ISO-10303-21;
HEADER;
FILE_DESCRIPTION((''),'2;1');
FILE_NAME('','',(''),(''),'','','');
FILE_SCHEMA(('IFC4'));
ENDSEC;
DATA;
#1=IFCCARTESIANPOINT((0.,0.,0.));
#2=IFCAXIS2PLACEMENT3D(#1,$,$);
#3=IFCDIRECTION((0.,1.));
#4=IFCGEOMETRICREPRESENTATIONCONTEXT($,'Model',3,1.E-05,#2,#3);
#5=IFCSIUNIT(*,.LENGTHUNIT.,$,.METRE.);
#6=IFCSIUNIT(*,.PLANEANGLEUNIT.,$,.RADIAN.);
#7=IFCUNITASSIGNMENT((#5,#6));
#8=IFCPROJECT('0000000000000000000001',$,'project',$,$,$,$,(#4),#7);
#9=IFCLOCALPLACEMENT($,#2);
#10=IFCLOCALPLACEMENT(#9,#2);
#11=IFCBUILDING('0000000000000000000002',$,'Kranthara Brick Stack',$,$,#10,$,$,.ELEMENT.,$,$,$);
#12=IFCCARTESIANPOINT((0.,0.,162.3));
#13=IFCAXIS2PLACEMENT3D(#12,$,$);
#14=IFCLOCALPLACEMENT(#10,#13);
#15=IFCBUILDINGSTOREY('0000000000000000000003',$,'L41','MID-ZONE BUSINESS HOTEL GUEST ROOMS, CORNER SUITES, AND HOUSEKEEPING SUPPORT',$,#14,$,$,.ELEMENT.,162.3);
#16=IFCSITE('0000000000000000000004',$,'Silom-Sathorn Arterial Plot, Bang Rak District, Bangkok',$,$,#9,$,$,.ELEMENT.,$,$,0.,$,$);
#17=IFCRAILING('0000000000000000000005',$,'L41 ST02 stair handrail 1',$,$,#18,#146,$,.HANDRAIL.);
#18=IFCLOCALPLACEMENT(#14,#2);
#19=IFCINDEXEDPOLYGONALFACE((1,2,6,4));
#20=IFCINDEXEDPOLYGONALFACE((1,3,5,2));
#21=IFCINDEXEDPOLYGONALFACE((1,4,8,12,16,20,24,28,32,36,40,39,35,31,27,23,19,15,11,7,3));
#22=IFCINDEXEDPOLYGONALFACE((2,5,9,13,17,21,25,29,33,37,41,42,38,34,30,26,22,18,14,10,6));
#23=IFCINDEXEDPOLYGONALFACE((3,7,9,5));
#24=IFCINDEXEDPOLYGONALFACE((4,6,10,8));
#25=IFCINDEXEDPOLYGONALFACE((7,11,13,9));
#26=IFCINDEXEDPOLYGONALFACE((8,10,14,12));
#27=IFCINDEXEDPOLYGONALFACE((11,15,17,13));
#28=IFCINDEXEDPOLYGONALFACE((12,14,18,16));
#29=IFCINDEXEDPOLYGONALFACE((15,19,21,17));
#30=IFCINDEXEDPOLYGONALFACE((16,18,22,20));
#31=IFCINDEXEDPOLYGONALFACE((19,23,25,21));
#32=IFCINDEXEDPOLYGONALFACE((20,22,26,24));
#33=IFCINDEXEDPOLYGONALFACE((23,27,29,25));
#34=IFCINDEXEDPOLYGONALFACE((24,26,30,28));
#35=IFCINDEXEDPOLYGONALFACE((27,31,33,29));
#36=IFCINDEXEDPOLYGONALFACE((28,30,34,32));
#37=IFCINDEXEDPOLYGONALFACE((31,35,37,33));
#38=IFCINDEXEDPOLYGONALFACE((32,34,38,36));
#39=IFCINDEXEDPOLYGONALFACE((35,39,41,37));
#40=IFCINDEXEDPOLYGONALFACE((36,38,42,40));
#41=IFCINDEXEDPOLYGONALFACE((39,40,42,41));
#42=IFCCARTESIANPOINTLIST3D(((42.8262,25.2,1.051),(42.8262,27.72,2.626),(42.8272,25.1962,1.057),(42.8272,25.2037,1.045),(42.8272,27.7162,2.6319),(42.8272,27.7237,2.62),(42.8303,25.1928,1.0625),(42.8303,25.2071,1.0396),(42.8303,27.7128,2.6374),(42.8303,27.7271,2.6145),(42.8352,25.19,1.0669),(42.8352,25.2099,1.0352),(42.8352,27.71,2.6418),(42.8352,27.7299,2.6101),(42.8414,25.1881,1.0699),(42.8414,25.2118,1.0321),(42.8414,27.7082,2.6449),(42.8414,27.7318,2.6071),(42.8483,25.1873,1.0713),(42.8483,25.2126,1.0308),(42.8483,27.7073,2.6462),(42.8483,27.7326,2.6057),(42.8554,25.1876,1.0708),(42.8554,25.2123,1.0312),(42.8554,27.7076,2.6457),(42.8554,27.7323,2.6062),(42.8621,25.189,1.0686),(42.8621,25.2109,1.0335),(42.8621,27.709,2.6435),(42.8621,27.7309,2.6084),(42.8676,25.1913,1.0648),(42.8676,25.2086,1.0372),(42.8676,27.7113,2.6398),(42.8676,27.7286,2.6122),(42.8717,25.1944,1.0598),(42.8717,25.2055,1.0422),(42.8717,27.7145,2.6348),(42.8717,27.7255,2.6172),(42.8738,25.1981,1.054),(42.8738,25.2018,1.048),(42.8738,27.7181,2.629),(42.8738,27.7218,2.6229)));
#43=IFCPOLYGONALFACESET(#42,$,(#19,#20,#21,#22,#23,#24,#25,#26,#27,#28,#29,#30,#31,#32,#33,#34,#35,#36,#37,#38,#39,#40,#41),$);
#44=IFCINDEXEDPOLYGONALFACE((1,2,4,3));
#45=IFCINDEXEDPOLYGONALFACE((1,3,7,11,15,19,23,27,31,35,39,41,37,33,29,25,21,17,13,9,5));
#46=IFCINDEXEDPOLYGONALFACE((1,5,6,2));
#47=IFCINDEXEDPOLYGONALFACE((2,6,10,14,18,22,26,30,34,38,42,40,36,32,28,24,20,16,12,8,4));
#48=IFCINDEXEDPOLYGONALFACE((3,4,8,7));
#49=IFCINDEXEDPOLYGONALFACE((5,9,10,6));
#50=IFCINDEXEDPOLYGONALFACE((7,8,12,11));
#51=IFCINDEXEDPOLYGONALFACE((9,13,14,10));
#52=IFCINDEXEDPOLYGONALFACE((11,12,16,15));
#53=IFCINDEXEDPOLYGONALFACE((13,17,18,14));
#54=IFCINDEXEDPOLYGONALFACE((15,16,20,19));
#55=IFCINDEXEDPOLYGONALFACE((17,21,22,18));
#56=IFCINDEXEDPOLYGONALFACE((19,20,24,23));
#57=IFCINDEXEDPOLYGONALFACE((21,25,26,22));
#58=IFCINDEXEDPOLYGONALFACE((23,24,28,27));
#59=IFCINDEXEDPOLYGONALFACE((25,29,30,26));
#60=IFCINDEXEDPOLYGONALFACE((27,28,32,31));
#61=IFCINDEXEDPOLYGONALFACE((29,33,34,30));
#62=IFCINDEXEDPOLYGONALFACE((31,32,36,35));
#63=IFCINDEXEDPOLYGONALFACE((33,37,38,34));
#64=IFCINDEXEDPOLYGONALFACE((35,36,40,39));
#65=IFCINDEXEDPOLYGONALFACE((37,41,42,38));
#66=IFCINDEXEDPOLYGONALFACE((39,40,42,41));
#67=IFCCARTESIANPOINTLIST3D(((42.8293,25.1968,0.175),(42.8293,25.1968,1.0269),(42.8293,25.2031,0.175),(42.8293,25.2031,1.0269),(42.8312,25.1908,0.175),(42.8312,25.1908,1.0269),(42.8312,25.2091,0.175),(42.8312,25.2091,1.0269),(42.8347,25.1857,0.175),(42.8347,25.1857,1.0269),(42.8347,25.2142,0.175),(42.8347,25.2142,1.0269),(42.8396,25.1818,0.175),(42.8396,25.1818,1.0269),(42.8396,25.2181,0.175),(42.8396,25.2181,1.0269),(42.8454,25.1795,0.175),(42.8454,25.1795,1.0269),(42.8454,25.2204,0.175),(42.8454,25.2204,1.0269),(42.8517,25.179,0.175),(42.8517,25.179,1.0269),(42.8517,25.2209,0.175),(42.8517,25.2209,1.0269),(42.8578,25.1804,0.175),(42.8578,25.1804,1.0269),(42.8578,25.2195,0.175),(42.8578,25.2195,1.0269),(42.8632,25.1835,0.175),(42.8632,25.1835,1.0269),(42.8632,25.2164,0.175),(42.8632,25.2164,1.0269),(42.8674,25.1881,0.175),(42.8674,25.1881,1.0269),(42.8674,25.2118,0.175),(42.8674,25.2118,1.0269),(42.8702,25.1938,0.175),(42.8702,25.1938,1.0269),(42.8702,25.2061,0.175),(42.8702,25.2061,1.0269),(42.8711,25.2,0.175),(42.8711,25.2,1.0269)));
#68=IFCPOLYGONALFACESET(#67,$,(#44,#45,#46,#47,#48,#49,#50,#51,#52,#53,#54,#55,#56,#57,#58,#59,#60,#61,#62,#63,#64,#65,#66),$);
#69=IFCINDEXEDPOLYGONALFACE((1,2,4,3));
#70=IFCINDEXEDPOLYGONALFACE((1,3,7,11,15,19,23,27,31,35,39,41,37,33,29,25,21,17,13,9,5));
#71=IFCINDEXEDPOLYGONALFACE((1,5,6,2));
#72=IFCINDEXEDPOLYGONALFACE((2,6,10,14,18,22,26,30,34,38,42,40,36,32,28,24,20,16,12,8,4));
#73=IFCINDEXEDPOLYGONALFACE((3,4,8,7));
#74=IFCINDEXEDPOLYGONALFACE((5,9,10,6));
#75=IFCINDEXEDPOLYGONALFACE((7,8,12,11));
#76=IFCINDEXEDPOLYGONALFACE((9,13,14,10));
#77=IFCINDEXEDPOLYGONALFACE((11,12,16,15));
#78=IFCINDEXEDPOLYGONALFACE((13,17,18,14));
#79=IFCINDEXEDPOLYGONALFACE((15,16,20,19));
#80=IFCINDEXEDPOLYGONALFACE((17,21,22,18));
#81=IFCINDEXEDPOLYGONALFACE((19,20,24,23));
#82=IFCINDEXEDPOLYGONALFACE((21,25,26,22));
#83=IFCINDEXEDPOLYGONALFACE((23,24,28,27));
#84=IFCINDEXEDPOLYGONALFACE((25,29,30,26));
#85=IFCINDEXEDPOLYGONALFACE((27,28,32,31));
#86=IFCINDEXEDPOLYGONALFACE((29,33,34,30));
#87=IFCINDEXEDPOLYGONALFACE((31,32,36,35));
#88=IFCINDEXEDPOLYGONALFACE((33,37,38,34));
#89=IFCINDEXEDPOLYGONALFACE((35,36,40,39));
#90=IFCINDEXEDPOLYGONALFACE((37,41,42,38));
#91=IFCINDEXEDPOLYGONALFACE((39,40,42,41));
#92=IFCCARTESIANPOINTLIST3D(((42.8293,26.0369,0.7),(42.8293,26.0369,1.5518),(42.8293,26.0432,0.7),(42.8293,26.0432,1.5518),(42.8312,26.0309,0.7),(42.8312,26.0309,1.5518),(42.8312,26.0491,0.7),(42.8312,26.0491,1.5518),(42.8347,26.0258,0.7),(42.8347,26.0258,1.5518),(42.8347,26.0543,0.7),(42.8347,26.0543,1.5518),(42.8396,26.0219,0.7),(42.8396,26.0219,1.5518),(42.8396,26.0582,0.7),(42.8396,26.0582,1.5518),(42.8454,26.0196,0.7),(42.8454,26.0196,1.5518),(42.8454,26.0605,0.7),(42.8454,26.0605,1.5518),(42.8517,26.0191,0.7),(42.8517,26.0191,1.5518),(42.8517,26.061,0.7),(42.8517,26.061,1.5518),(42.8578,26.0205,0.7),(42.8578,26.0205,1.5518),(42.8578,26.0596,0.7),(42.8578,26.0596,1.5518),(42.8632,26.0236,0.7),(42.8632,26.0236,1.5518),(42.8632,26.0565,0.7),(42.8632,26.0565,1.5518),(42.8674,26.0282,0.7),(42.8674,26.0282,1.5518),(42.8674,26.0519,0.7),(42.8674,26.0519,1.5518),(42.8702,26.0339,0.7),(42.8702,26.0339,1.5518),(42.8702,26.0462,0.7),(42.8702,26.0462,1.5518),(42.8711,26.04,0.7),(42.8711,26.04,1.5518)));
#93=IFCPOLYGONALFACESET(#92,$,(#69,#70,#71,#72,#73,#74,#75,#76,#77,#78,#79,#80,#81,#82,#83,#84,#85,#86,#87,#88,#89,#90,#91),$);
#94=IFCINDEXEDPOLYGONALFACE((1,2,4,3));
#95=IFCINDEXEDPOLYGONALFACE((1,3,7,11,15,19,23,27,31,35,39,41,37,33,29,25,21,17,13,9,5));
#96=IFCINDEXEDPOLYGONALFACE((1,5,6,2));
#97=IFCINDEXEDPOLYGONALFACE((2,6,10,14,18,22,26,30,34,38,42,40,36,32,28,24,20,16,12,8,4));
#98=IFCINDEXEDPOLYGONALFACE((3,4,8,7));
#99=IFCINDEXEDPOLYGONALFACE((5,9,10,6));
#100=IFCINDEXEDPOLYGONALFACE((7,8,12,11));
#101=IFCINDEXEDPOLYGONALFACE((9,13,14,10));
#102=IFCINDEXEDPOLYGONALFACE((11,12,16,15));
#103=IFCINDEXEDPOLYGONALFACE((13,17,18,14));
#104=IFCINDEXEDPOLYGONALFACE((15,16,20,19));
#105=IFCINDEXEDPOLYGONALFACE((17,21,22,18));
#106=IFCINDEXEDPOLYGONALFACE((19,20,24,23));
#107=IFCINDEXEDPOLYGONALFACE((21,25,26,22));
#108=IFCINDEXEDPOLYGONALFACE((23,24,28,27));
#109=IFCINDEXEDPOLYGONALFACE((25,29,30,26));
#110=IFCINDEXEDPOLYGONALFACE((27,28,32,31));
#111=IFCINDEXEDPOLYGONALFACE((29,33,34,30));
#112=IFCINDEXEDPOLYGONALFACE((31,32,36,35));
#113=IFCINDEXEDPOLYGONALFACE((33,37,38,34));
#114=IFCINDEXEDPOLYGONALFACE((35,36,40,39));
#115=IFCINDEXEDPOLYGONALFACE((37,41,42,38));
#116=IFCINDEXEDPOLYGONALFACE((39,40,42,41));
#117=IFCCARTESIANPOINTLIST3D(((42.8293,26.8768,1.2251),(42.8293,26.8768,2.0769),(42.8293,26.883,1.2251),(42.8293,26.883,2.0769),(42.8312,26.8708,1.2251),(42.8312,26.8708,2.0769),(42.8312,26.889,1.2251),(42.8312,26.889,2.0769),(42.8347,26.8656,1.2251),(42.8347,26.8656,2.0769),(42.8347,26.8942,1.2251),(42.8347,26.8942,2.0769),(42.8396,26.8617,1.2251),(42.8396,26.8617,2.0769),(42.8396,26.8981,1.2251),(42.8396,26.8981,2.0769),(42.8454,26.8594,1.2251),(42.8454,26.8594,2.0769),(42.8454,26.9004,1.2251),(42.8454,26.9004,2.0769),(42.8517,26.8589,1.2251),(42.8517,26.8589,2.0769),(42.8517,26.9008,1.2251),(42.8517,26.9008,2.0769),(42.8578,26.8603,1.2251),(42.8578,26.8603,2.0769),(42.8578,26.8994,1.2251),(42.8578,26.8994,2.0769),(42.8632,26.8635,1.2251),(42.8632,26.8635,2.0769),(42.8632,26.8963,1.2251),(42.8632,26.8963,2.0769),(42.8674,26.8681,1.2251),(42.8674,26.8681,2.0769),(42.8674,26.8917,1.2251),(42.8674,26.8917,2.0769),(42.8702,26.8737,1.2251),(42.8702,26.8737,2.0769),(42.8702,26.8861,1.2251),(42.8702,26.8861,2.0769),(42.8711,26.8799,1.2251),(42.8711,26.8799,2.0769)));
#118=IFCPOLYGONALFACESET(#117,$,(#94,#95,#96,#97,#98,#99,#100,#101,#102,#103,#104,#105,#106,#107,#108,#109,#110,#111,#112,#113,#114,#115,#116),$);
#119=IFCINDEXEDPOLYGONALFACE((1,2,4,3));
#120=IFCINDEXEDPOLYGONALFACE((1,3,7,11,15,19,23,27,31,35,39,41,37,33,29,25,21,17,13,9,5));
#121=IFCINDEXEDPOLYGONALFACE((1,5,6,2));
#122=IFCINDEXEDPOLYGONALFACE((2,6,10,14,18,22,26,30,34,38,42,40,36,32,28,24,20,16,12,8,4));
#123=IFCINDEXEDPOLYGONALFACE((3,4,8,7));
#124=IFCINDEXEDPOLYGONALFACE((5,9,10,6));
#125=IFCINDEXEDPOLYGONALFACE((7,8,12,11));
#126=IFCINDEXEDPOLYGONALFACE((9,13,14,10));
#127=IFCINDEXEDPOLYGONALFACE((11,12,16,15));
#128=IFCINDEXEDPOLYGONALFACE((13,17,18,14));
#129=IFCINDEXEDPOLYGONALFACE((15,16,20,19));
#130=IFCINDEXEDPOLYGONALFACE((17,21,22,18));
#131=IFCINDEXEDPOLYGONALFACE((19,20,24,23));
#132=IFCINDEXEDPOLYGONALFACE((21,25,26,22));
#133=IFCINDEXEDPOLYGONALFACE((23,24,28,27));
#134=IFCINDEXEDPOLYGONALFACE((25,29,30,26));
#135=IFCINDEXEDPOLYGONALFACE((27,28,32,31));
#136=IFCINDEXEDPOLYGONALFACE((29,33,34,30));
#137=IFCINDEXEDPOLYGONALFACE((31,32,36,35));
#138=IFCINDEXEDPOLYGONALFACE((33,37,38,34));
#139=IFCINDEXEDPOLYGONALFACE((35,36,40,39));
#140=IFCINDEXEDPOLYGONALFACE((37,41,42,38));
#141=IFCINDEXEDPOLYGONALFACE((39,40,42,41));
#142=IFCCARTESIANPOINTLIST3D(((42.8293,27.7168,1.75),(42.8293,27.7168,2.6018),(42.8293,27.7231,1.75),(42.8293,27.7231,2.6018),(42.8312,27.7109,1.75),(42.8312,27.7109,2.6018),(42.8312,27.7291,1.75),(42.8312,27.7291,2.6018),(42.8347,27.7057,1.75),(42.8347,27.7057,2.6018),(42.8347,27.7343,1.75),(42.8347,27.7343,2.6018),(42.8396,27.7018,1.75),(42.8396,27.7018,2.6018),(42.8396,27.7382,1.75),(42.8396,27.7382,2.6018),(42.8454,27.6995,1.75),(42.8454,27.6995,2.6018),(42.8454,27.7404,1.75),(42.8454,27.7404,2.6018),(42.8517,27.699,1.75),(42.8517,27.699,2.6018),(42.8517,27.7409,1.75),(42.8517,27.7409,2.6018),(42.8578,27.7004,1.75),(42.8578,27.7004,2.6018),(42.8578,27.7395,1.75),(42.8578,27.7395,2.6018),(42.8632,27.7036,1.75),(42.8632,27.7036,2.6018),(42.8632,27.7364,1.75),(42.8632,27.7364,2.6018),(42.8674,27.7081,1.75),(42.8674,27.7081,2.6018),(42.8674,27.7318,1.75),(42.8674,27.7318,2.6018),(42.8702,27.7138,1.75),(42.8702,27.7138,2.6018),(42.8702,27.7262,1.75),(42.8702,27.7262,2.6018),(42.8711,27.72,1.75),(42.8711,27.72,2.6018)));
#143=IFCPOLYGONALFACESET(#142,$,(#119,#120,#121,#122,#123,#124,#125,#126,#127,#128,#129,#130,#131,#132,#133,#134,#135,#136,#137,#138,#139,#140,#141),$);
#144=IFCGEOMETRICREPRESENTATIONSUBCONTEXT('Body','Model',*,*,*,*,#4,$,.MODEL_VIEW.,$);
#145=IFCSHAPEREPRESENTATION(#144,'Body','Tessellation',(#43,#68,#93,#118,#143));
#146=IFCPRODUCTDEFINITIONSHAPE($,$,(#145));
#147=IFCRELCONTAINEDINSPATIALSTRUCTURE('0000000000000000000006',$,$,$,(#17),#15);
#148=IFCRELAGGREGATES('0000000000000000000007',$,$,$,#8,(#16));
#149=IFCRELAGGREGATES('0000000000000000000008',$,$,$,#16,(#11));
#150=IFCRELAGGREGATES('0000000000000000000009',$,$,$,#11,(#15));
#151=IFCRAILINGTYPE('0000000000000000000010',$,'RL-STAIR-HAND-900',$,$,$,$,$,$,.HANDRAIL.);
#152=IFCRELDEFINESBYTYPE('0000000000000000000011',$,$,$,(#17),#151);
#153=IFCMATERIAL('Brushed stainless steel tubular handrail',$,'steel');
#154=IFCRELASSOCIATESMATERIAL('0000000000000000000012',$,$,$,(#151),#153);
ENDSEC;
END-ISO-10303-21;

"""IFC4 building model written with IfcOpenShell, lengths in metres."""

from ifc_helpers import new_model, si_unit, direction, frame, origin, origin_2d, place, context, subcontext, project, spatial, circle, extrude, material, type_object, element, save


model = new_model("IFC4")

# Units and contexts
model_context = context("Model", 3, precision=1e-05, world=origin(), true_north=direction((0.0, 1.0)))
body_context = subcontext(model_context, "Body", "Model", "MODEL_VIEW")
ifc_project = project(units=[si_unit("LENGTHUNIT", "METRE"), si_unit("PLANEANGLEUNIT", "RADIAN")], contexts=[model_context])

# Site, building, storey
site_placement = place(None, origin())
site = spatial("IfcSite", under=ifc_project, at=site_placement, Name="Silom-Sathorn Arterial Plot, Bang Rak District, Bangkok", CompositionType="ELEMENT", RefElevation=0.0)
building_placement = place(site_placement, origin())
building = spatial("IfcBuilding", under=site, at=building_placement, Name="Kranthara Brick Stack", CompositionType="ELEMENT")
storey_placement = place(building_placement, frame((0.0, 0.0, 162.3)))
storey = spatial("IfcBuildingStorey", under=building, at=storey_placement, Name="L41", Description="MID-ZONE BUSINESS HOTEL GUEST ROOMS, CORNER SUITES, AND HOUSEKEEPING SUPPORT", CompositionType="ELEMENT", Elevation=162.3)

# Railing
ifc_material_1 = material(Name="Brushed stainless steel tubular handrail", Category="steel")
railing_type_1 = type_object("IfcRailingType", Name="RL-STAIR-HAND-900", PredefinedType="HANDRAIL", material=ifc_material_1)
railing_1_placement = place(storey_placement, frame((42.8501, 25.2, 0.175)))
element("IfcRailing", 1, at=railing_1_placement, inside=storey, type_object=railing_type_1, Name="L41 ST02 stair handrail 1", PredefinedType="HANDRAIL", context=body_context, shape_type="SweptSolid", body=[
    extrude(circle(Radius=0.0239, at=origin_2d()), frame((0.0, 0.0, 0.876), z_axis=(0.0, 0.848008, 0.529984), x_axis=(-1.0, 0.0, 0.0)), (0.0, 0.0, 1.0), 2.9717),
    extrude(circle(Radius=0.021, at=origin_2d()), origin(), (0.0, 0.0, 1.0), 0.8518),
    extrude(circle(Radius=0.021, at=origin_2d()), frame((0.0, 0.8401, 0.5249)), (0.0, 0.0, 1.0), 0.8518),
    extrude(circle(Radius=0.021, at=origin_2d()), frame((0.0, 1.6799, 1.05)), (0.0, 0.0, 1.0), 0.8518),
    extrude(circle(Radius=0.021, at=origin_2d()), frame((0.0, 2.52, 1.575)), (0.0, 0.0, 1.0), 0.8518),
])

save(model, "model.ifc")
